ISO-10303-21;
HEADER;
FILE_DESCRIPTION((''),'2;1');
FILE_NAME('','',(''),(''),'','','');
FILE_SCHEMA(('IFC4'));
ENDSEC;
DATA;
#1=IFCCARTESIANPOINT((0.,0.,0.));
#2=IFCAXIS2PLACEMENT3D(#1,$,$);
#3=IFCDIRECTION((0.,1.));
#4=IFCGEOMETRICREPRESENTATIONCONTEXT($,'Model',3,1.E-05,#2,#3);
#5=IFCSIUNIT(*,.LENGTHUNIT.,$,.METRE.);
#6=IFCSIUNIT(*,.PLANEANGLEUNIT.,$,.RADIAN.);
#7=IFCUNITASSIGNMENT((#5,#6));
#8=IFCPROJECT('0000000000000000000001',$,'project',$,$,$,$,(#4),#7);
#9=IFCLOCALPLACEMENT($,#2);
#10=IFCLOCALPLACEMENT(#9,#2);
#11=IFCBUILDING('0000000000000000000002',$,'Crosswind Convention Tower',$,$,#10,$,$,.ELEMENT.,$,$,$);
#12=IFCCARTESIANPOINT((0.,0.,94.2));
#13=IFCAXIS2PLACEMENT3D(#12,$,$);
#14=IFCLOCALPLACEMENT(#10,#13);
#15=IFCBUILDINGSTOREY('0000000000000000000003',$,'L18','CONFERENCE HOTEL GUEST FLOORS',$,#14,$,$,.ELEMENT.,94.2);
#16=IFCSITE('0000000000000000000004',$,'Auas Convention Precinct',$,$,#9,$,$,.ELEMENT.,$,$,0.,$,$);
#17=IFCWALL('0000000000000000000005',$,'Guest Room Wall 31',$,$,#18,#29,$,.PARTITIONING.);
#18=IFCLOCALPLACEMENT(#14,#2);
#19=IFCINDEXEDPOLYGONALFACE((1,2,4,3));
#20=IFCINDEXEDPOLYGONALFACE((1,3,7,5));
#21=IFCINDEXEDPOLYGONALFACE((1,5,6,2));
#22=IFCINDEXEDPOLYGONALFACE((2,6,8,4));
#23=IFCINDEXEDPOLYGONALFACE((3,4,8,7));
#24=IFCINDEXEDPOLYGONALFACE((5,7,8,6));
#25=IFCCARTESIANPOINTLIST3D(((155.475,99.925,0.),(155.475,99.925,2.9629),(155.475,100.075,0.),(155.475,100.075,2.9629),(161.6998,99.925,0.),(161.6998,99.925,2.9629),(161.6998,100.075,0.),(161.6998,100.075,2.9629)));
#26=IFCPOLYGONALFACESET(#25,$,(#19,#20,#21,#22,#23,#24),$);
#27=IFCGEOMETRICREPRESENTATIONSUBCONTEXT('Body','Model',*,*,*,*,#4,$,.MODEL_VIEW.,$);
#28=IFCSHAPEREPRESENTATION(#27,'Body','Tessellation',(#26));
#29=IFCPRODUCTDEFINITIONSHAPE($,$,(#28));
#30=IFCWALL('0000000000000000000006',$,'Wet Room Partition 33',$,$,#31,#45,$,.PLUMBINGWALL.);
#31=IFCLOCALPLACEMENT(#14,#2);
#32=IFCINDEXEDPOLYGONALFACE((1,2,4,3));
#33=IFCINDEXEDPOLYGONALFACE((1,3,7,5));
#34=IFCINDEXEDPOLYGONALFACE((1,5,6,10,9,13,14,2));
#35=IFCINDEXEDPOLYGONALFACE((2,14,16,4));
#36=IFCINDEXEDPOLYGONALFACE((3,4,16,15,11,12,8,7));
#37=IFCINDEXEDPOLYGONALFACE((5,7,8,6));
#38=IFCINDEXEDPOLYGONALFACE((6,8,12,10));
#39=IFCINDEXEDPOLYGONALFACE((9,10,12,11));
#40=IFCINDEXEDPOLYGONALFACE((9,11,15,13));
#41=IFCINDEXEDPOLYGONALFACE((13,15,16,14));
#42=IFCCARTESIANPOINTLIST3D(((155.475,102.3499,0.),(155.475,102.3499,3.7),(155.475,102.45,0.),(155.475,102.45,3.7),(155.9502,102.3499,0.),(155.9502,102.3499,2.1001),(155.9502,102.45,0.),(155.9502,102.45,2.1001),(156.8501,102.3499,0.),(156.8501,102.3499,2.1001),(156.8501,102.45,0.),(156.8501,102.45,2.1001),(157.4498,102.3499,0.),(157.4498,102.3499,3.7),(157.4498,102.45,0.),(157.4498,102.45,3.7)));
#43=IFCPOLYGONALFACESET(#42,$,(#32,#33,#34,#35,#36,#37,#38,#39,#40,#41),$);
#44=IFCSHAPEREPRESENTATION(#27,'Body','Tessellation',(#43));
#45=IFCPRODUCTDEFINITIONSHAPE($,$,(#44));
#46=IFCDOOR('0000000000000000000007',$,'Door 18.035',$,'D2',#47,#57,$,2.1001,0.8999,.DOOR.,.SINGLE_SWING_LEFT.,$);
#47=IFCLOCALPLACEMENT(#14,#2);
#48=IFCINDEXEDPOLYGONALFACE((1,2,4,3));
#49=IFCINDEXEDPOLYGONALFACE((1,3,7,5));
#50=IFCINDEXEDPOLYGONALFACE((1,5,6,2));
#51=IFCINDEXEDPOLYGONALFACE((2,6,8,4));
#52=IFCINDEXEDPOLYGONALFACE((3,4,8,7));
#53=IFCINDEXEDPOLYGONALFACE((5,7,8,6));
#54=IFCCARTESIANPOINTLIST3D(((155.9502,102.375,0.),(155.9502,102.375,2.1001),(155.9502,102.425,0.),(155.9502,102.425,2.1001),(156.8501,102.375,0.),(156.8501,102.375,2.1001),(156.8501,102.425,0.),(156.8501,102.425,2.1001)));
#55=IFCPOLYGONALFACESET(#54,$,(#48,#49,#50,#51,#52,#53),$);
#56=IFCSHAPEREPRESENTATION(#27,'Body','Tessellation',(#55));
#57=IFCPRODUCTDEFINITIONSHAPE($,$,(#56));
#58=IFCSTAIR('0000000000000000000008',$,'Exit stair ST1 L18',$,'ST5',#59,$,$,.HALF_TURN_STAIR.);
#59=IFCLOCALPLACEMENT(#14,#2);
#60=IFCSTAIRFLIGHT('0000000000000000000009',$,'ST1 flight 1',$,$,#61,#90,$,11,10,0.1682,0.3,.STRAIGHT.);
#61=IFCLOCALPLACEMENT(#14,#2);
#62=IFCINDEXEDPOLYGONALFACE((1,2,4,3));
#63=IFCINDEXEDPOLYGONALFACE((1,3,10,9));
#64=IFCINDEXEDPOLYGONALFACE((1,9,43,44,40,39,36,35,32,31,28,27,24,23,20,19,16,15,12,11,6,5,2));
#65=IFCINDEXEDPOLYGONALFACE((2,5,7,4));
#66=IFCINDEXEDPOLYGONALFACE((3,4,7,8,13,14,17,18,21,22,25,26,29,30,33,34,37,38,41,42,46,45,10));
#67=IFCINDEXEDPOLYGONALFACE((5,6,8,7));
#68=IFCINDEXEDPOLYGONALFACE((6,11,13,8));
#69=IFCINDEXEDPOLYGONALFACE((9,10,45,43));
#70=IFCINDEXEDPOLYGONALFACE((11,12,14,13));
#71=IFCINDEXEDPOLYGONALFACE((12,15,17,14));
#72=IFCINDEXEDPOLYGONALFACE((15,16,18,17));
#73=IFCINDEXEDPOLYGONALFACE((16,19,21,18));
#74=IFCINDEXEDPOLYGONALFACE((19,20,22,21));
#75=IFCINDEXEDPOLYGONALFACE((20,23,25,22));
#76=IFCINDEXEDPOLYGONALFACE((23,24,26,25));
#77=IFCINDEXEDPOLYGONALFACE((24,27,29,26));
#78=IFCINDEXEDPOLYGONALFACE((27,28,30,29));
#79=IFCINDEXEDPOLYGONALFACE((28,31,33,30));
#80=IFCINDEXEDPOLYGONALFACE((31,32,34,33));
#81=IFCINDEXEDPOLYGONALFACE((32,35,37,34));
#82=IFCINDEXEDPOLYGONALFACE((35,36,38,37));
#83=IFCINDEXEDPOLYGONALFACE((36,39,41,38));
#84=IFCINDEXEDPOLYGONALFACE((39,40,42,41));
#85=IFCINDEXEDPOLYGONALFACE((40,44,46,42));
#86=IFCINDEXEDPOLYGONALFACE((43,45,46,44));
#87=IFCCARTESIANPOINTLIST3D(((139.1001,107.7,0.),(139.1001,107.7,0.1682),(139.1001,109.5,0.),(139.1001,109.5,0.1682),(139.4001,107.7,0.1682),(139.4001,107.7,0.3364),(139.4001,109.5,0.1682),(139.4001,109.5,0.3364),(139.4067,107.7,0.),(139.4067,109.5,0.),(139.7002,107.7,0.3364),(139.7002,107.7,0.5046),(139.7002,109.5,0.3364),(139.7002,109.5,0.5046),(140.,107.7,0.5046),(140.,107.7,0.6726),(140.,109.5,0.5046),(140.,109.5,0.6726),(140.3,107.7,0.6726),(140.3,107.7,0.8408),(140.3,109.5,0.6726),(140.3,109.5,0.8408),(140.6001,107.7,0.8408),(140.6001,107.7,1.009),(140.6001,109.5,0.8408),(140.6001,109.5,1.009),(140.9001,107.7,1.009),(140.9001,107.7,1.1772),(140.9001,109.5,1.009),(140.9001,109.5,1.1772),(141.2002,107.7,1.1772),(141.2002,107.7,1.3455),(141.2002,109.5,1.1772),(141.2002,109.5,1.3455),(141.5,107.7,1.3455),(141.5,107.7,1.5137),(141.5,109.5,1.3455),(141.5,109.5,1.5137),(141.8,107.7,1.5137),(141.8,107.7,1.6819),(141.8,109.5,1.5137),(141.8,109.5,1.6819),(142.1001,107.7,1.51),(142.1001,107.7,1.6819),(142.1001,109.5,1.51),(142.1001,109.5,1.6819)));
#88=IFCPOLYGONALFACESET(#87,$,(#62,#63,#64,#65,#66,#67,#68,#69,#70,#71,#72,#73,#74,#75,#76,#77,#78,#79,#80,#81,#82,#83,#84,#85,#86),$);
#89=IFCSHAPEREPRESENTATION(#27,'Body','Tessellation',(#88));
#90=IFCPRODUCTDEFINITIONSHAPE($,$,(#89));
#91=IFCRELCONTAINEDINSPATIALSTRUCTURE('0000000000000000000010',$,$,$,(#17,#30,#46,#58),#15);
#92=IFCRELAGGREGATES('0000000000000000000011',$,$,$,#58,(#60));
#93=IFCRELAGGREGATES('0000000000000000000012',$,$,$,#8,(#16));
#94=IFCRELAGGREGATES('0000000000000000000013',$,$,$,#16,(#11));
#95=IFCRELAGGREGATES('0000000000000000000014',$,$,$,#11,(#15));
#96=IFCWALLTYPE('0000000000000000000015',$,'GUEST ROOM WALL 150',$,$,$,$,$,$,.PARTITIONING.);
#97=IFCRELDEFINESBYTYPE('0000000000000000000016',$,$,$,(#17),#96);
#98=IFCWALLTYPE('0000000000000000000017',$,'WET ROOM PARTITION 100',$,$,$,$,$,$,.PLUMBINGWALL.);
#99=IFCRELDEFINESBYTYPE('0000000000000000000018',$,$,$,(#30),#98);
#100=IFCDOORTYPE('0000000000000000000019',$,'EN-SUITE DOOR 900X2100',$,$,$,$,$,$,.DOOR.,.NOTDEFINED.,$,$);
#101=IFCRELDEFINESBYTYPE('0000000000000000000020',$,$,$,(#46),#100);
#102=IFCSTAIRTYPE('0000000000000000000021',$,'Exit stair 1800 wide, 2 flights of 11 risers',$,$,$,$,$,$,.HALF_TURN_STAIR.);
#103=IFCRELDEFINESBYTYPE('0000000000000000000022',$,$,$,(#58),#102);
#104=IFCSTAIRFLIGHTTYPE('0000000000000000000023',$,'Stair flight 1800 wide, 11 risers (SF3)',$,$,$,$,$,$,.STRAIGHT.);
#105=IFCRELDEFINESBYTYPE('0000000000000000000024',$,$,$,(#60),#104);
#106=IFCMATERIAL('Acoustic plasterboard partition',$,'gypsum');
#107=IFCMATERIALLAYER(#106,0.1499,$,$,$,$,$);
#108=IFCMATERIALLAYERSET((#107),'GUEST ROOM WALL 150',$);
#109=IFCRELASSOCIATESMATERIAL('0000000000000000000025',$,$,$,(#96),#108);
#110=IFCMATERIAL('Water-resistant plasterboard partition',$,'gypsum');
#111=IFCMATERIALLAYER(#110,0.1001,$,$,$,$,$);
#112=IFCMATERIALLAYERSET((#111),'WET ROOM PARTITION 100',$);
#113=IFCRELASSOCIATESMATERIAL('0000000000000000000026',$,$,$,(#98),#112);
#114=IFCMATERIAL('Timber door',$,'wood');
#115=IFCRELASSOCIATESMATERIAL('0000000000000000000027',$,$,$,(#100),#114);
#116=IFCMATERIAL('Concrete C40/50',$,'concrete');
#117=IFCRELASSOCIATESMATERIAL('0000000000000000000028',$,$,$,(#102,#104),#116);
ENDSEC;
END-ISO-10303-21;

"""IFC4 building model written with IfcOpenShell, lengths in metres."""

from ifc_helpers import new_model, si_unit, direction, frame, frame_2d, origin, place, context, subcontext, project, spatial, polyline, rectangle, outline, extrude, material, layer, layer_set, type_object, element, fill, aggregate, save


model = new_model("IFC4")

# Units and contexts
model_context = context("Model", 3, precision=1e-05, world=origin(), true_north=direction((0.0, 1.0)))
body_context = subcontext(model_context, "Body", "Model", "MODEL_VIEW")
ifc_project = project(units=[si_unit("LENGTHUNIT", "METRE"), si_unit("PLANEANGLEUNIT", "RADIAN")], contexts=[model_context])

# Site, building, storey
site_placement = place(None, origin())
site = spatial("IfcSite", under=ifc_project, at=site_placement, Name="Auas Convention Precinct", CompositionType="ELEMENT", RefElevation=0.0)
building_placement = place(site_placement, origin())
building = spatial("IfcBuilding", under=site, at=building_placement, Name="Crosswind Convention Tower", CompositionType="ELEMENT")
storey_placement = place(building_placement, frame((0.0, 0.0, 94.2)))
storey = spatial("IfcBuildingStorey", under=building, at=storey_placement, Name="L18", Description="CONFERENCE HOTEL GUEST FLOORS", CompositionType="ELEMENT", Elevation=94.2)

# Shared definitions
ifc_material_1 = material(Name="Timber door", Category="wood")

# Wall
ifc_material_2 = material(Name="Acoustic plasterboard partition", Category="gypsum")
ifc_layer_1 = layer(ifc_material_2, 0.1499)
ifc_layer_set_1 = layer_set([ifc_layer_1], Name="GUEST ROOM WALL 150")
wall_type_1 = type_object("IfcWallType", Name="GUEST ROOM WALL 150", PredefinedType="PARTITIONING", material=ifc_layer_set_1)
wall_1_placement = place(storey_placement, frame((155.4751, 100.0, 0.0), z_axis=(0.0, 0.0, 1.0), x_axis=(1.0, 0.0, 0.0)))
element("IfcWall", 1, at=wall_1_placement, inside=storey, type_object=wall_type_1, Name="Guest Room Wall 31", PredefinedType="PARTITIONING", context=body_context, shape_type="SweptSolid", body=[
    extrude(rectangle(XDim=6.2249, YDim=0.1499, at=frame_2d((3.1123, 0.0))), origin(), (0.0, 0.0, 1.0), 2.9629),
])

# Wall, opening, door
ifc_material_3 = material(Name="Water-resistant plasterboard partition", Category="gypsum")
ifc_layer_2 = layer(ifc_material_3, 0.1001)
ifc_layer_set_2 = layer_set([ifc_layer_2], Name="WET ROOM PARTITION 100")
wall_type_2 = type_object("IfcWallType", Name="WET ROOM PARTITION 100", PredefinedType="PLUMBINGWALL", material=ifc_layer_set_2)
wall_2_placement = place(storey_placement, frame((155.4751, 102.3999, 0.0), z_axis=(0.0, 0.0, 1.0), x_axis=(1.0, 0.0, 0.0)))
wall_2 = element("IfcWall", 2, at=wall_2_placement, inside=storey, type_object=wall_type_2, Name="Wet Room Partition 33", PredefinedType="PLUMBINGWALL", context=body_context, shape_type="SweptSolid", body=[
    extrude(rectangle(XDim=1.9749, YDim=0.1001, at=frame_2d((0.9873, 0.0))), origin(), (0.0, 0.0, 1.0), 3.7),
])
opening_1_placement = place(wall_2_placement, frame((0.4751, 0.0, 0.0)))
opening_1 = element("IfcOpeningElement", 3, at=opening_1_placement, cuts=wall_2, PredefinedType="OPENING", context=body_context, shape_type="SweptSolid", body=[
    extrude(rectangle(XDim=0.8999, YDim=2.1001, at=frame_2d((0.45, 1.05))), frame((0.0, 0.0601, 0.0), z_axis=(0.0, -1.0, 0.0), x_axis=(1.0, 0.0, 0.0)), (0.0, 0.0, 1.0), 0.1201),
])
door_type_1 = type_object("IfcDoorType", Name="EN-SUITE DOOR 900X2100", OperationType="NOTDEFINED", PredefinedType="DOOR", material=ifc_material_1)
door_1_placement = place(opening_1_placement, frame((0.8999, 0.0, 0.0), z_axis=(0.0, 0.0, 1.0), x_axis=(-1.0, 0.0, 0.0)))
door_1 = element("IfcDoor", 4, at=door_1_placement, inside=storey, type_object=door_type_1, Name="Door 18.035", ObjectType="D2", OperationType="SINGLE_SWING_LEFT", OverallHeight=2.1001, OverallWidth=0.8999, PredefinedType="DOOR", context=body_context, shape_type="SweptSolid", body=[
    extrude(rectangle(XDim=0.8999, YDim=2.1001, at=frame_2d((0.45, 1.05))), frame((0.0, 0.0249, 0.0), z_axis=(0.0, -1.0, 0.0), x_axis=(1.0, 0.0, 0.0)), (0.0, 0.0, 1.0), 0.05),
])
fill(opening_1, door_1)

# Stair, stair flight
ifc_material_4 = material(Name="Concrete C40/50", Category="concrete")
stair_type = type_object("IfcStairType", Name="Exit stair 1800 wide, 2 flights of 11 risers", PredefinedType="HALF_TURN_STAIR", material=ifc_material_4)
stair_placement = place(storey_placement, origin())
stair = element("IfcStair", 5, at=stair_placement, inside=storey, type_object=stair_type, Name="Exit stair ST1 L18", ObjectType="ST5", PredefinedType="HALF_TURN_STAIR")
stair_flight_type = type_object("IfcStairFlightType", Name="Stair flight 1800 wide, 11 risers (SF3)", PredefinedType="STRAIGHT", material=ifc_material_4)
stair_flight_placement = place(storey_placement, frame((139.1001, 108.6001, 0.0), z_axis=(0.0, 0.0, 1.0), x_axis=(1.0, 0.0, 0.0)))
stair_flight = element("IfcStairFlight", 6, at=stair_flight_placement, type_object=stair_flight_type, Name="ST1 flight 1", NumberOfRisers=11, NumberOfTreads=10, PredefinedType="STRAIGHT", RiserHeight=0.1682, TreadLength=0.3, context=body_context, shape_type="SweptSolid", body=[
    extrude(outline(polyline([(0.0, 0.0), (0.0, 0.1682), (0.3, 0.1682), (0.3, 0.3364), (0.6001, 0.3364), (0.6001, 0.5046), (0.8999, 0.5046), (0.8999, 0.6726), (1.2, 0.6726), (1.2, 0.8408), (1.5, 0.8408), (1.5, 1.009), (1.8, 1.009), (1.8, 1.1772), (2.1001, 1.1772), (2.1001, 1.3455), (2.3999, 1.3455), (2.3999, 1.5137), (2.7, 1.5137), (2.7, 1.6819), (3.0, 1.6819), (3.0, 1.8501), (3.0, 1.51), (0.3066, 0.0), (0.0, 0.0)])), frame((0.0, 0.8999, 0.0), z_axis=(0.0, -1.0, 0.0), x_axis=(1.0, 0.0, 0.0)), (0.0, 0.0, 1.0), 1.8),
])
aggregate(stair, [stair_flight])

save(model, "model.ifc")
